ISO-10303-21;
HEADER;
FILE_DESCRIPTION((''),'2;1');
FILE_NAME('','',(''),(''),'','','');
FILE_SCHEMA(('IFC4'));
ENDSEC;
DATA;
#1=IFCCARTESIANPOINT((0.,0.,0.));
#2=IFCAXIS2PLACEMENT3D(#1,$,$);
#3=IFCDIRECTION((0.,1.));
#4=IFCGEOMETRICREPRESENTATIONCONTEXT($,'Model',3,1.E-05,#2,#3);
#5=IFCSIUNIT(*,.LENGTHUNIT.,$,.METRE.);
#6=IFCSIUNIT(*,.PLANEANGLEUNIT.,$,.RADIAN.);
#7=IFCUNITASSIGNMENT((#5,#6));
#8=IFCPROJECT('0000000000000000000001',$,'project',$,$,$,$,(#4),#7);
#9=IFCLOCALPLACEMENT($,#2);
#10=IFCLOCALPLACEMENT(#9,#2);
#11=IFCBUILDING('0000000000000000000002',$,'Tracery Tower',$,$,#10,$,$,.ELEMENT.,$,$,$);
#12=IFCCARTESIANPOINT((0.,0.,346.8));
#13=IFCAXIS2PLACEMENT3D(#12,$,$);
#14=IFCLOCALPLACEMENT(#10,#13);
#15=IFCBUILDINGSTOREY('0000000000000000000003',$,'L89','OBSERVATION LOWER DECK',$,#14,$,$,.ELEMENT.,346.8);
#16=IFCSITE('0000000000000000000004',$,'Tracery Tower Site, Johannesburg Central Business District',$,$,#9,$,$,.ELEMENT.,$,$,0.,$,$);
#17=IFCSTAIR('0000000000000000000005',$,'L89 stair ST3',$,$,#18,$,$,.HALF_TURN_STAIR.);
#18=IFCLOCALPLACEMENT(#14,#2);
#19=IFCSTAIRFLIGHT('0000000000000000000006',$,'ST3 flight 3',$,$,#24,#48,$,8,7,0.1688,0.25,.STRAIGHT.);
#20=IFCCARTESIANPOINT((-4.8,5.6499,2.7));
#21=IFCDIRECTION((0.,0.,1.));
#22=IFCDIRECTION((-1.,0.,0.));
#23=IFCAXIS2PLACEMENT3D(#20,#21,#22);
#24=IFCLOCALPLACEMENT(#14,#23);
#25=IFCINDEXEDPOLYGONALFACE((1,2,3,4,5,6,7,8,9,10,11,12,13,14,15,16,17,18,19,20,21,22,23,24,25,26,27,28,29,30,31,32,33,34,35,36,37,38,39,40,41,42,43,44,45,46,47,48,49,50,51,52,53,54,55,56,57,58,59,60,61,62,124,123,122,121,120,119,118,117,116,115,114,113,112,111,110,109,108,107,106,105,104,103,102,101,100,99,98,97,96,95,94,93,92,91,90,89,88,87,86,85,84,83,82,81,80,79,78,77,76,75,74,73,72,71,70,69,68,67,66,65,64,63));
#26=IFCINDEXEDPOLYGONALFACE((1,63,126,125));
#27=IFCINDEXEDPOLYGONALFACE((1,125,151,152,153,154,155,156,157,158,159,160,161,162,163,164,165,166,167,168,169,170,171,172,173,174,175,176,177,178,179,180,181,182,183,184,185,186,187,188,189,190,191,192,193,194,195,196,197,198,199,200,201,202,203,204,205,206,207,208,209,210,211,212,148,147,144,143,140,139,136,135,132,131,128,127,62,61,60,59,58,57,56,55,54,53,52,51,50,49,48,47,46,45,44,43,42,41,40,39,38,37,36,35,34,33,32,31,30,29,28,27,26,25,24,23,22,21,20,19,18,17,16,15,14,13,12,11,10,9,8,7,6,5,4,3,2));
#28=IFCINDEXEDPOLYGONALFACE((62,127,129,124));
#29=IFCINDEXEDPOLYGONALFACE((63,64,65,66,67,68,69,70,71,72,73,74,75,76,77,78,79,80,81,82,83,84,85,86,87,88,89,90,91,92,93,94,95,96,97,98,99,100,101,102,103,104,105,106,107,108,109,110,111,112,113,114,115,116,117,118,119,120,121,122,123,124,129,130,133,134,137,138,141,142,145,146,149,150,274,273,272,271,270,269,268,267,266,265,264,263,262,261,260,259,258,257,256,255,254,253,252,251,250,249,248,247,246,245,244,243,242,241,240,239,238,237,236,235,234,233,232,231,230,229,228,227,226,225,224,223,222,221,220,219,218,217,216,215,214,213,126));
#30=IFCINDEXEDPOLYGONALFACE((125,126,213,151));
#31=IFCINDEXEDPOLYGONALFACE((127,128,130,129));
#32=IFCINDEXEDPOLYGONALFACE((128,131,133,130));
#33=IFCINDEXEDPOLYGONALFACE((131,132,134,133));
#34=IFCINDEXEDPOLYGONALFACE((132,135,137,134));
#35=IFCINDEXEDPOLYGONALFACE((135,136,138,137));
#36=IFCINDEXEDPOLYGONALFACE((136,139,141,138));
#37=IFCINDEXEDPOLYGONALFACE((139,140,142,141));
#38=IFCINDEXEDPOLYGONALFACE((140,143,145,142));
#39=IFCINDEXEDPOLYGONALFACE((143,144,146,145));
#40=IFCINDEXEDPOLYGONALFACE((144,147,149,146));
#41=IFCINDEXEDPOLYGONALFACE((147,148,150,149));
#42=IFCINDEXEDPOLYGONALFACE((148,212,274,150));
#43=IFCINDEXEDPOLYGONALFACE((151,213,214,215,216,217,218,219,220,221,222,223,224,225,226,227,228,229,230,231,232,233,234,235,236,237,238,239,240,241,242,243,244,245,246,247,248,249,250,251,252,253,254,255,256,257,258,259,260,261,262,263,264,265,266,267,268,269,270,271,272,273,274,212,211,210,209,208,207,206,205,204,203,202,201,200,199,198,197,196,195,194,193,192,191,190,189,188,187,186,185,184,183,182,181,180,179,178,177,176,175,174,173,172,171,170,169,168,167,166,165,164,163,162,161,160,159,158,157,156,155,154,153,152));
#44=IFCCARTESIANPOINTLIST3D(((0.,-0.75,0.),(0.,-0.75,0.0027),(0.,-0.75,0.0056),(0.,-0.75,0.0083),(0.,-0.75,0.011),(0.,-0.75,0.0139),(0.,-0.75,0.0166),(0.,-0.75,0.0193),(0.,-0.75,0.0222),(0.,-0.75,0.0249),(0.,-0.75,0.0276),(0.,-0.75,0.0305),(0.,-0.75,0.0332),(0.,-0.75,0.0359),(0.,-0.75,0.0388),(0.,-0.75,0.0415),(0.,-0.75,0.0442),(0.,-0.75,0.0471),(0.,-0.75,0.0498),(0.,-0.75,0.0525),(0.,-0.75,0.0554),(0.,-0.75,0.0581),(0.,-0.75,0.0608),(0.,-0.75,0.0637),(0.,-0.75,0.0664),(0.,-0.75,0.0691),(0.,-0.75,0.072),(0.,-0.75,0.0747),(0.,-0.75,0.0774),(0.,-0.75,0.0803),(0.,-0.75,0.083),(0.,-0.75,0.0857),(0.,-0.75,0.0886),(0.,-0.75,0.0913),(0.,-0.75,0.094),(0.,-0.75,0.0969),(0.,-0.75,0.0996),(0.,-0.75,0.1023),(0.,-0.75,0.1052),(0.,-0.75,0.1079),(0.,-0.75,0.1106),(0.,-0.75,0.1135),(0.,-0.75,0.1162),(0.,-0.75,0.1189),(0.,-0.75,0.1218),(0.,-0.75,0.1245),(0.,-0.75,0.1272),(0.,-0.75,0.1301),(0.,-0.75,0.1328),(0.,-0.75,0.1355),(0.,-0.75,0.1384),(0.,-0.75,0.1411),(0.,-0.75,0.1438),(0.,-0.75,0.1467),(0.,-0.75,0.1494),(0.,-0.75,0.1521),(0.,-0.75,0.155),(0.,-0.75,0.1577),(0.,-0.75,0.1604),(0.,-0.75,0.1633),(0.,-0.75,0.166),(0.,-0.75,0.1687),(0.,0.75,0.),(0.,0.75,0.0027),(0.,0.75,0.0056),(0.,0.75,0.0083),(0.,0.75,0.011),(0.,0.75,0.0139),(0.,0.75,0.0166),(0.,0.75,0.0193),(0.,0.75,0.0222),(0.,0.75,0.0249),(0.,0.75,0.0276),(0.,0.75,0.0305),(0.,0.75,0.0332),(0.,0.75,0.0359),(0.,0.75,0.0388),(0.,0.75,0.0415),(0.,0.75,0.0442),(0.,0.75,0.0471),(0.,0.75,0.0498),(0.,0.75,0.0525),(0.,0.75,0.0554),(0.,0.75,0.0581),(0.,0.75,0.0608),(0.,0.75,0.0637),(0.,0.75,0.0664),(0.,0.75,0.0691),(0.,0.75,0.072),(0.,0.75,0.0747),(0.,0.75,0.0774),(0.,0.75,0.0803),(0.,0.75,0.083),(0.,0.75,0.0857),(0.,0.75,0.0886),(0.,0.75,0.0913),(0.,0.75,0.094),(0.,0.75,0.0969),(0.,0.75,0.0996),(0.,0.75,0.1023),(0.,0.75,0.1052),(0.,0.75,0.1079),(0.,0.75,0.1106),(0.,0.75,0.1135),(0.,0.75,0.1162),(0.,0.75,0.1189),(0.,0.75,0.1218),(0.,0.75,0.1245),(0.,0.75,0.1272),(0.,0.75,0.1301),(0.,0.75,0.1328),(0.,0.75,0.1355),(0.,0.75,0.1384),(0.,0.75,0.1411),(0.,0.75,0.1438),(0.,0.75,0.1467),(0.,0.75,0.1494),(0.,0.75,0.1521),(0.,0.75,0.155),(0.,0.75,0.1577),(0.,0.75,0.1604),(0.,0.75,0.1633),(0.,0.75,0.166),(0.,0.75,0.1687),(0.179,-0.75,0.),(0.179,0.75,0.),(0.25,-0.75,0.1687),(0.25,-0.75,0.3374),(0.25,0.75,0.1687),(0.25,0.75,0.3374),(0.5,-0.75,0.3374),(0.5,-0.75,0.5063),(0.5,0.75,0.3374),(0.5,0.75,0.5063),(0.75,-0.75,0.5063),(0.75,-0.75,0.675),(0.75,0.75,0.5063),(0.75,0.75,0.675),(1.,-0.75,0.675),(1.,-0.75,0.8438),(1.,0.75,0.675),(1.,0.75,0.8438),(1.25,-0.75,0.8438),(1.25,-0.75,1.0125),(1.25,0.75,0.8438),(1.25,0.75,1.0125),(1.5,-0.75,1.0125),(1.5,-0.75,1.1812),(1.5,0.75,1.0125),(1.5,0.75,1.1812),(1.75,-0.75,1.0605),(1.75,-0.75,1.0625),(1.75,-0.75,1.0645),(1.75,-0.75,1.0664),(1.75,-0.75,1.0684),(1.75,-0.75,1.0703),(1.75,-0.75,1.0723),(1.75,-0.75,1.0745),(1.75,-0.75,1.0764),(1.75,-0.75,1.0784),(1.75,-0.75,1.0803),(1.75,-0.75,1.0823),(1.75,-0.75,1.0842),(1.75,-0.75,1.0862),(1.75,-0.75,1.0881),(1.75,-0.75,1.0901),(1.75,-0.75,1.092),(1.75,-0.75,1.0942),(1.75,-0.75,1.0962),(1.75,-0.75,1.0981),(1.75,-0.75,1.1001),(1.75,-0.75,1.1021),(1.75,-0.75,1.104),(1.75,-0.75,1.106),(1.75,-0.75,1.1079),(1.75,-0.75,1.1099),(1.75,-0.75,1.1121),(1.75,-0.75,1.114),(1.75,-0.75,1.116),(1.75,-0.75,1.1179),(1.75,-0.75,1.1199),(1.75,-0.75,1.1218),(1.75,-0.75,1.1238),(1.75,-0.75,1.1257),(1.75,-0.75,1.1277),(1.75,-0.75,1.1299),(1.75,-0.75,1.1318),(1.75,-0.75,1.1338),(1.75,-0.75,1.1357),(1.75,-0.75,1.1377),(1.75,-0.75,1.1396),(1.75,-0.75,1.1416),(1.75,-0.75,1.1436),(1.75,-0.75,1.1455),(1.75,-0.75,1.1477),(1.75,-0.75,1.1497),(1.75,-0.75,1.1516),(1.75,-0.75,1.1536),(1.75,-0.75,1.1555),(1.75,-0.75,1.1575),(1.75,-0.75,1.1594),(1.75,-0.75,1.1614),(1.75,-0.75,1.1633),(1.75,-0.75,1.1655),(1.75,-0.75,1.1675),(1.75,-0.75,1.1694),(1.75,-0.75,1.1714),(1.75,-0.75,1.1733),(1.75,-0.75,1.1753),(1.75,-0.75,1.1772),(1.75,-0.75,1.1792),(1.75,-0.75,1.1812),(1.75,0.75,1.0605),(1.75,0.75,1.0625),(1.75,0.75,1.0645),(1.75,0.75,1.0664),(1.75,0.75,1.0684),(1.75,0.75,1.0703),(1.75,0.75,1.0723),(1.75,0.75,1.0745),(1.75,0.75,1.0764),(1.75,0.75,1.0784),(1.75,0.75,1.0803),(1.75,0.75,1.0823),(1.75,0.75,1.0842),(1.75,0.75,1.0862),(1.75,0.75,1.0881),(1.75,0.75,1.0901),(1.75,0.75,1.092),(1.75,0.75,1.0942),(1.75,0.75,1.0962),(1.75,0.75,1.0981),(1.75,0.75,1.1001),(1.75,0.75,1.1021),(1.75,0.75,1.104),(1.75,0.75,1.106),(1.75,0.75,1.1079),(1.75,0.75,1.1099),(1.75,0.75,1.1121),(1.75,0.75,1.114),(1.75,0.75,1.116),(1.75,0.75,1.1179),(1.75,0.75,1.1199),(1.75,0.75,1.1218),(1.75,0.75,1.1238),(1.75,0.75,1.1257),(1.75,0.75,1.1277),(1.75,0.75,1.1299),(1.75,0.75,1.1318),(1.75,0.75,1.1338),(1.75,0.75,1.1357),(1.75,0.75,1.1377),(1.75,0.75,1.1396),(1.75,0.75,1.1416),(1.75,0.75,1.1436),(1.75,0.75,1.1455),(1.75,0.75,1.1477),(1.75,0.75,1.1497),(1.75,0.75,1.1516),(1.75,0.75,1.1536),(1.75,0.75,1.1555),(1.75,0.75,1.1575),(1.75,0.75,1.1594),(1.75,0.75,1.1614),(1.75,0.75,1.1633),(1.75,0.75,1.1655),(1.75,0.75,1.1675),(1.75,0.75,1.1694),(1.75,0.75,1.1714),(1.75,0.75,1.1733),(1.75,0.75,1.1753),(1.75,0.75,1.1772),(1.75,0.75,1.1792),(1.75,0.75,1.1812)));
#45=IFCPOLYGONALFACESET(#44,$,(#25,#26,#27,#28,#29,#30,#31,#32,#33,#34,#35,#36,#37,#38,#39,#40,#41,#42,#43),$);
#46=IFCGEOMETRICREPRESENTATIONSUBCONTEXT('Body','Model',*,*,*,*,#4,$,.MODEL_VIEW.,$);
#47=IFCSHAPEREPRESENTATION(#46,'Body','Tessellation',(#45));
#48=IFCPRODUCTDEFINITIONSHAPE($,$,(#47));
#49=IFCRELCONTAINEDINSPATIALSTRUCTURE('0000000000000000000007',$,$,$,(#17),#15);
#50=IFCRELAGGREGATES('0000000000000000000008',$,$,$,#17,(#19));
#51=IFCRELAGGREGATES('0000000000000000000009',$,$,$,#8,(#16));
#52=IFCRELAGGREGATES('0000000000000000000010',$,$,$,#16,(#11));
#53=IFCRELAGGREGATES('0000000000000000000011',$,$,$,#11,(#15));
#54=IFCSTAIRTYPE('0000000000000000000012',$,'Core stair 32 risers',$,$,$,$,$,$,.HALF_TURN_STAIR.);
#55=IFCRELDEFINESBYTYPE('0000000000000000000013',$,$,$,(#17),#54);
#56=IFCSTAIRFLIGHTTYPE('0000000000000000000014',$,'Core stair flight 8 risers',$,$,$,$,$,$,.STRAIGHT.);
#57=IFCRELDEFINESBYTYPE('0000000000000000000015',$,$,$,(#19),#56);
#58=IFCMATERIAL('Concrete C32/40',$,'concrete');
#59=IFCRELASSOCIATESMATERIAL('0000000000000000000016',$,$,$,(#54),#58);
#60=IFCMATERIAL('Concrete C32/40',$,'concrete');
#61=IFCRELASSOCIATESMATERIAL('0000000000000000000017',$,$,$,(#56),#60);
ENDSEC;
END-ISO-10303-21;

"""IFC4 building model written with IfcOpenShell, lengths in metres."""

from ifc_helpers import new_model, si_unit, direction, frame, origin, place, context, subcontext, project, spatial, polyline, outline, extrude, material, type_object, element, aggregate, save


model = new_model("IFC4")

# Units and contexts
model_context = context("Model", 3, precision=1e-05, world=origin(), true_north=direction((0.0, 1.0)))
body_context = subcontext(model_context, "Body", "Model", "MODEL_VIEW")
ifc_project = project(units=[si_unit("LENGTHUNIT", "METRE"), si_unit("PLANEANGLEUNIT", "RADIAN")], contexts=[model_context])

# Site, building, storey
site_placement = place(None, origin())
site = spatial("IfcSite", under=ifc_project, at=site_placement, Name="Tracery Tower Site, Johannesburg Central Business District", CompositionType="ELEMENT", RefElevation=0.0)
building_placement = place(site_placement, origin())
building = spatial("IfcBuilding", under=site, at=building_placement, Name="Tracery Tower", CompositionType="ELEMENT")
storey_placement = place(building_placement, frame((0.0, 0.0, 346.8)))
storey = spatial("IfcBuildingStorey", under=building, at=storey_placement, Name="L89", Description="OBSERVATION LOWER DECK", CompositionType="ELEMENT", Elevation=346.8)

# Stair, stair flight
ifc_material_1 = material(Name="Concrete C32/40", Category="concrete")
stair_type = type_object("IfcStairType", Name="Core stair 32 risers", PredefinedType="HALF_TURN_STAIR", material=ifc_material_1)
stair_placement = place(storey_placement, origin())
stair = element("IfcStair", 1, at=stair_placement, inside=storey, type_object=stair_type, Name="L89 stair ST3", PredefinedType="HALF_TURN_STAIR")
ifc_material_2 = material(Name="Concrete C32/40", Category="concrete")
stair_flight_type = type_object("IfcStairFlightType", Name="Core stair flight 8 risers", PredefinedType="STRAIGHT", material=ifc_material_2)
stair_flight_1_placement = place(storey_placement, frame((-4.8, 5.6499, 2.7), z_axis=(0.0, 0.0, 1.0), x_axis=(-1.0, 0.0, 0.0)))
stair_flight_1 = element("IfcStairFlight", 2, at=stair_flight_1_placement, type_object=stair_flight_type, Name="ST3 flight 3", NumberOfRisers=8, NumberOfTreads=7, PredefinedType="STRAIGHT", RiserHeight=0.1688, TreadLength=0.25, context=body_context, shape_type="SweptSolid", body=[
    extrude(outline(polyline([(0.0, 0.0), (0.0, 0.0027), (0.0, 0.0056), (0.0, 0.0083), (0.0, 0.011), (0.0, 0.0139), (0.0, 0.0166), (0.0, 0.0193), (0.0, 0.0222), (0.0, 0.0249), (0.0, 0.0276), (0.0, 0.0305), (0.0, 0.0332), (0.0, 0.0359), (0.0, 0.0388), (0.0, 0.0415), (0.0, 0.0442), (0.0, 0.0471), (0.0, 0.0498), (0.0, 0.0525), (0.0, 0.0554), (0.0, 0.0581), (0.0, 0.0608), (0.0, 0.0637), (0.0, 0.0664), (0.0, 0.0691), (0.0, 0.072), (0.0, 0.0747), (0.0, 0.0774), (0.0, 0.0803), (0.0, 0.083), (0.0, 0.0857), (0.0, 0.0886), (0.0, 0.0913), (0.0, 0.094), (0.0, 0.0969), (0.0, 0.0996), (0.0, 0.1023), (0.0, 0.1052), (0.0, 0.1079), (0.0, 0.1106), (0.0, 0.1135), (0.0, 0.1162), (0.0, 0.1189), (0.0, 0.1218), (0.0, 0.1245), (0.0, 0.1272), (0.0, 0.1301), (0.0, 0.1328), (0.0, 0.1355), (0.0, 0.1384), (0.0, 0.1411), (0.0, 0.1438), (0.0, 0.1467), (0.0, 0.1494), (0.0, 0.1521), (0.0, 0.155), (0.0, 0.1577), (0.0, 0.1604), (0.0, 0.1633), (0.0, 0.166), (0.0, 0.1687), (0.25, 0.1687), (0.25, 0.3374), (0.5, 0.3374), (0.5, 0.5063), (0.75, 0.5063), (0.75, 0.675), (1.0, 0.675), (1.0, 0.8438), (1.25, 0.8438), (1.25, 1.0125), (1.5, 1.0125), (1.5, 1.1812), (1.75, 1.1812), (1.75, 1.1792), (1.75, 1.1772), (1.75, 1.1753), (1.75, 1.1733), (1.75, 1.1714), (1.75, 1.1694), (1.75, 1.1675), (1.75, 1.1655), (1.75, 1.1633), (1.75, 1.1614), (1.75, 1.1594), (1.75, 1.1575), (1.75, 1.1555), (1.75, 1.1536), (1.75, 1.1516), (1.75, 1.1497), (1.75, 1.1477), (1.75, 1.1455), (1.75, 1.1436), (1.75, 1.1416), (1.75, 1.1396), (1.75, 1.1377), (1.75, 1.1357), (1.75, 1.1338), (1.75, 1.1318), (1.75, 1.1299), (1.75, 1.1277), (1.75, 1.1257), (1.75, 1.1238), (1.75, 1.1218), (1.75, 1.1199), (1.75, 1.1179), (1.75, 1.116), (1.75, 1.114), (1.75, 1.1121), (1.75, 1.1099), (1.75, 1.1079), (1.75, 1.106), (1.75, 1.104), (1.75, 1.1021), (1.75, 1.1001), (1.75, 1.0981), (1.75, 1.0962), (1.75, 1.0942), (1.75, 1.092), (1.75, 1.0901), (1.75, 1.0881), (1.75, 1.0862), (1.75, 1.0842), (1.75, 1.0823), (1.75, 1.0803), (1.75, 1.0784), (1.75, 1.0764), (1.75, 1.0745), (1.75, 1.0723), (1.75, 1.0703), (1.75, 1.0684), (1.75, 1.0664), (1.75, 1.0645), (1.75, 1.0625), (1.75, 1.0605), (0.179, 0.0), (0.0, 0.0)])), frame((0.0, 0.75, 0.0), z_axis=(0.0, -1.0, 0.0), x_axis=(1.0, 0.0, 0.0)), (0.0, 0.0, 1.0), 1.5),
])
aggregate(stair, [stair_flight_1])

save(model, "model.ifc")
